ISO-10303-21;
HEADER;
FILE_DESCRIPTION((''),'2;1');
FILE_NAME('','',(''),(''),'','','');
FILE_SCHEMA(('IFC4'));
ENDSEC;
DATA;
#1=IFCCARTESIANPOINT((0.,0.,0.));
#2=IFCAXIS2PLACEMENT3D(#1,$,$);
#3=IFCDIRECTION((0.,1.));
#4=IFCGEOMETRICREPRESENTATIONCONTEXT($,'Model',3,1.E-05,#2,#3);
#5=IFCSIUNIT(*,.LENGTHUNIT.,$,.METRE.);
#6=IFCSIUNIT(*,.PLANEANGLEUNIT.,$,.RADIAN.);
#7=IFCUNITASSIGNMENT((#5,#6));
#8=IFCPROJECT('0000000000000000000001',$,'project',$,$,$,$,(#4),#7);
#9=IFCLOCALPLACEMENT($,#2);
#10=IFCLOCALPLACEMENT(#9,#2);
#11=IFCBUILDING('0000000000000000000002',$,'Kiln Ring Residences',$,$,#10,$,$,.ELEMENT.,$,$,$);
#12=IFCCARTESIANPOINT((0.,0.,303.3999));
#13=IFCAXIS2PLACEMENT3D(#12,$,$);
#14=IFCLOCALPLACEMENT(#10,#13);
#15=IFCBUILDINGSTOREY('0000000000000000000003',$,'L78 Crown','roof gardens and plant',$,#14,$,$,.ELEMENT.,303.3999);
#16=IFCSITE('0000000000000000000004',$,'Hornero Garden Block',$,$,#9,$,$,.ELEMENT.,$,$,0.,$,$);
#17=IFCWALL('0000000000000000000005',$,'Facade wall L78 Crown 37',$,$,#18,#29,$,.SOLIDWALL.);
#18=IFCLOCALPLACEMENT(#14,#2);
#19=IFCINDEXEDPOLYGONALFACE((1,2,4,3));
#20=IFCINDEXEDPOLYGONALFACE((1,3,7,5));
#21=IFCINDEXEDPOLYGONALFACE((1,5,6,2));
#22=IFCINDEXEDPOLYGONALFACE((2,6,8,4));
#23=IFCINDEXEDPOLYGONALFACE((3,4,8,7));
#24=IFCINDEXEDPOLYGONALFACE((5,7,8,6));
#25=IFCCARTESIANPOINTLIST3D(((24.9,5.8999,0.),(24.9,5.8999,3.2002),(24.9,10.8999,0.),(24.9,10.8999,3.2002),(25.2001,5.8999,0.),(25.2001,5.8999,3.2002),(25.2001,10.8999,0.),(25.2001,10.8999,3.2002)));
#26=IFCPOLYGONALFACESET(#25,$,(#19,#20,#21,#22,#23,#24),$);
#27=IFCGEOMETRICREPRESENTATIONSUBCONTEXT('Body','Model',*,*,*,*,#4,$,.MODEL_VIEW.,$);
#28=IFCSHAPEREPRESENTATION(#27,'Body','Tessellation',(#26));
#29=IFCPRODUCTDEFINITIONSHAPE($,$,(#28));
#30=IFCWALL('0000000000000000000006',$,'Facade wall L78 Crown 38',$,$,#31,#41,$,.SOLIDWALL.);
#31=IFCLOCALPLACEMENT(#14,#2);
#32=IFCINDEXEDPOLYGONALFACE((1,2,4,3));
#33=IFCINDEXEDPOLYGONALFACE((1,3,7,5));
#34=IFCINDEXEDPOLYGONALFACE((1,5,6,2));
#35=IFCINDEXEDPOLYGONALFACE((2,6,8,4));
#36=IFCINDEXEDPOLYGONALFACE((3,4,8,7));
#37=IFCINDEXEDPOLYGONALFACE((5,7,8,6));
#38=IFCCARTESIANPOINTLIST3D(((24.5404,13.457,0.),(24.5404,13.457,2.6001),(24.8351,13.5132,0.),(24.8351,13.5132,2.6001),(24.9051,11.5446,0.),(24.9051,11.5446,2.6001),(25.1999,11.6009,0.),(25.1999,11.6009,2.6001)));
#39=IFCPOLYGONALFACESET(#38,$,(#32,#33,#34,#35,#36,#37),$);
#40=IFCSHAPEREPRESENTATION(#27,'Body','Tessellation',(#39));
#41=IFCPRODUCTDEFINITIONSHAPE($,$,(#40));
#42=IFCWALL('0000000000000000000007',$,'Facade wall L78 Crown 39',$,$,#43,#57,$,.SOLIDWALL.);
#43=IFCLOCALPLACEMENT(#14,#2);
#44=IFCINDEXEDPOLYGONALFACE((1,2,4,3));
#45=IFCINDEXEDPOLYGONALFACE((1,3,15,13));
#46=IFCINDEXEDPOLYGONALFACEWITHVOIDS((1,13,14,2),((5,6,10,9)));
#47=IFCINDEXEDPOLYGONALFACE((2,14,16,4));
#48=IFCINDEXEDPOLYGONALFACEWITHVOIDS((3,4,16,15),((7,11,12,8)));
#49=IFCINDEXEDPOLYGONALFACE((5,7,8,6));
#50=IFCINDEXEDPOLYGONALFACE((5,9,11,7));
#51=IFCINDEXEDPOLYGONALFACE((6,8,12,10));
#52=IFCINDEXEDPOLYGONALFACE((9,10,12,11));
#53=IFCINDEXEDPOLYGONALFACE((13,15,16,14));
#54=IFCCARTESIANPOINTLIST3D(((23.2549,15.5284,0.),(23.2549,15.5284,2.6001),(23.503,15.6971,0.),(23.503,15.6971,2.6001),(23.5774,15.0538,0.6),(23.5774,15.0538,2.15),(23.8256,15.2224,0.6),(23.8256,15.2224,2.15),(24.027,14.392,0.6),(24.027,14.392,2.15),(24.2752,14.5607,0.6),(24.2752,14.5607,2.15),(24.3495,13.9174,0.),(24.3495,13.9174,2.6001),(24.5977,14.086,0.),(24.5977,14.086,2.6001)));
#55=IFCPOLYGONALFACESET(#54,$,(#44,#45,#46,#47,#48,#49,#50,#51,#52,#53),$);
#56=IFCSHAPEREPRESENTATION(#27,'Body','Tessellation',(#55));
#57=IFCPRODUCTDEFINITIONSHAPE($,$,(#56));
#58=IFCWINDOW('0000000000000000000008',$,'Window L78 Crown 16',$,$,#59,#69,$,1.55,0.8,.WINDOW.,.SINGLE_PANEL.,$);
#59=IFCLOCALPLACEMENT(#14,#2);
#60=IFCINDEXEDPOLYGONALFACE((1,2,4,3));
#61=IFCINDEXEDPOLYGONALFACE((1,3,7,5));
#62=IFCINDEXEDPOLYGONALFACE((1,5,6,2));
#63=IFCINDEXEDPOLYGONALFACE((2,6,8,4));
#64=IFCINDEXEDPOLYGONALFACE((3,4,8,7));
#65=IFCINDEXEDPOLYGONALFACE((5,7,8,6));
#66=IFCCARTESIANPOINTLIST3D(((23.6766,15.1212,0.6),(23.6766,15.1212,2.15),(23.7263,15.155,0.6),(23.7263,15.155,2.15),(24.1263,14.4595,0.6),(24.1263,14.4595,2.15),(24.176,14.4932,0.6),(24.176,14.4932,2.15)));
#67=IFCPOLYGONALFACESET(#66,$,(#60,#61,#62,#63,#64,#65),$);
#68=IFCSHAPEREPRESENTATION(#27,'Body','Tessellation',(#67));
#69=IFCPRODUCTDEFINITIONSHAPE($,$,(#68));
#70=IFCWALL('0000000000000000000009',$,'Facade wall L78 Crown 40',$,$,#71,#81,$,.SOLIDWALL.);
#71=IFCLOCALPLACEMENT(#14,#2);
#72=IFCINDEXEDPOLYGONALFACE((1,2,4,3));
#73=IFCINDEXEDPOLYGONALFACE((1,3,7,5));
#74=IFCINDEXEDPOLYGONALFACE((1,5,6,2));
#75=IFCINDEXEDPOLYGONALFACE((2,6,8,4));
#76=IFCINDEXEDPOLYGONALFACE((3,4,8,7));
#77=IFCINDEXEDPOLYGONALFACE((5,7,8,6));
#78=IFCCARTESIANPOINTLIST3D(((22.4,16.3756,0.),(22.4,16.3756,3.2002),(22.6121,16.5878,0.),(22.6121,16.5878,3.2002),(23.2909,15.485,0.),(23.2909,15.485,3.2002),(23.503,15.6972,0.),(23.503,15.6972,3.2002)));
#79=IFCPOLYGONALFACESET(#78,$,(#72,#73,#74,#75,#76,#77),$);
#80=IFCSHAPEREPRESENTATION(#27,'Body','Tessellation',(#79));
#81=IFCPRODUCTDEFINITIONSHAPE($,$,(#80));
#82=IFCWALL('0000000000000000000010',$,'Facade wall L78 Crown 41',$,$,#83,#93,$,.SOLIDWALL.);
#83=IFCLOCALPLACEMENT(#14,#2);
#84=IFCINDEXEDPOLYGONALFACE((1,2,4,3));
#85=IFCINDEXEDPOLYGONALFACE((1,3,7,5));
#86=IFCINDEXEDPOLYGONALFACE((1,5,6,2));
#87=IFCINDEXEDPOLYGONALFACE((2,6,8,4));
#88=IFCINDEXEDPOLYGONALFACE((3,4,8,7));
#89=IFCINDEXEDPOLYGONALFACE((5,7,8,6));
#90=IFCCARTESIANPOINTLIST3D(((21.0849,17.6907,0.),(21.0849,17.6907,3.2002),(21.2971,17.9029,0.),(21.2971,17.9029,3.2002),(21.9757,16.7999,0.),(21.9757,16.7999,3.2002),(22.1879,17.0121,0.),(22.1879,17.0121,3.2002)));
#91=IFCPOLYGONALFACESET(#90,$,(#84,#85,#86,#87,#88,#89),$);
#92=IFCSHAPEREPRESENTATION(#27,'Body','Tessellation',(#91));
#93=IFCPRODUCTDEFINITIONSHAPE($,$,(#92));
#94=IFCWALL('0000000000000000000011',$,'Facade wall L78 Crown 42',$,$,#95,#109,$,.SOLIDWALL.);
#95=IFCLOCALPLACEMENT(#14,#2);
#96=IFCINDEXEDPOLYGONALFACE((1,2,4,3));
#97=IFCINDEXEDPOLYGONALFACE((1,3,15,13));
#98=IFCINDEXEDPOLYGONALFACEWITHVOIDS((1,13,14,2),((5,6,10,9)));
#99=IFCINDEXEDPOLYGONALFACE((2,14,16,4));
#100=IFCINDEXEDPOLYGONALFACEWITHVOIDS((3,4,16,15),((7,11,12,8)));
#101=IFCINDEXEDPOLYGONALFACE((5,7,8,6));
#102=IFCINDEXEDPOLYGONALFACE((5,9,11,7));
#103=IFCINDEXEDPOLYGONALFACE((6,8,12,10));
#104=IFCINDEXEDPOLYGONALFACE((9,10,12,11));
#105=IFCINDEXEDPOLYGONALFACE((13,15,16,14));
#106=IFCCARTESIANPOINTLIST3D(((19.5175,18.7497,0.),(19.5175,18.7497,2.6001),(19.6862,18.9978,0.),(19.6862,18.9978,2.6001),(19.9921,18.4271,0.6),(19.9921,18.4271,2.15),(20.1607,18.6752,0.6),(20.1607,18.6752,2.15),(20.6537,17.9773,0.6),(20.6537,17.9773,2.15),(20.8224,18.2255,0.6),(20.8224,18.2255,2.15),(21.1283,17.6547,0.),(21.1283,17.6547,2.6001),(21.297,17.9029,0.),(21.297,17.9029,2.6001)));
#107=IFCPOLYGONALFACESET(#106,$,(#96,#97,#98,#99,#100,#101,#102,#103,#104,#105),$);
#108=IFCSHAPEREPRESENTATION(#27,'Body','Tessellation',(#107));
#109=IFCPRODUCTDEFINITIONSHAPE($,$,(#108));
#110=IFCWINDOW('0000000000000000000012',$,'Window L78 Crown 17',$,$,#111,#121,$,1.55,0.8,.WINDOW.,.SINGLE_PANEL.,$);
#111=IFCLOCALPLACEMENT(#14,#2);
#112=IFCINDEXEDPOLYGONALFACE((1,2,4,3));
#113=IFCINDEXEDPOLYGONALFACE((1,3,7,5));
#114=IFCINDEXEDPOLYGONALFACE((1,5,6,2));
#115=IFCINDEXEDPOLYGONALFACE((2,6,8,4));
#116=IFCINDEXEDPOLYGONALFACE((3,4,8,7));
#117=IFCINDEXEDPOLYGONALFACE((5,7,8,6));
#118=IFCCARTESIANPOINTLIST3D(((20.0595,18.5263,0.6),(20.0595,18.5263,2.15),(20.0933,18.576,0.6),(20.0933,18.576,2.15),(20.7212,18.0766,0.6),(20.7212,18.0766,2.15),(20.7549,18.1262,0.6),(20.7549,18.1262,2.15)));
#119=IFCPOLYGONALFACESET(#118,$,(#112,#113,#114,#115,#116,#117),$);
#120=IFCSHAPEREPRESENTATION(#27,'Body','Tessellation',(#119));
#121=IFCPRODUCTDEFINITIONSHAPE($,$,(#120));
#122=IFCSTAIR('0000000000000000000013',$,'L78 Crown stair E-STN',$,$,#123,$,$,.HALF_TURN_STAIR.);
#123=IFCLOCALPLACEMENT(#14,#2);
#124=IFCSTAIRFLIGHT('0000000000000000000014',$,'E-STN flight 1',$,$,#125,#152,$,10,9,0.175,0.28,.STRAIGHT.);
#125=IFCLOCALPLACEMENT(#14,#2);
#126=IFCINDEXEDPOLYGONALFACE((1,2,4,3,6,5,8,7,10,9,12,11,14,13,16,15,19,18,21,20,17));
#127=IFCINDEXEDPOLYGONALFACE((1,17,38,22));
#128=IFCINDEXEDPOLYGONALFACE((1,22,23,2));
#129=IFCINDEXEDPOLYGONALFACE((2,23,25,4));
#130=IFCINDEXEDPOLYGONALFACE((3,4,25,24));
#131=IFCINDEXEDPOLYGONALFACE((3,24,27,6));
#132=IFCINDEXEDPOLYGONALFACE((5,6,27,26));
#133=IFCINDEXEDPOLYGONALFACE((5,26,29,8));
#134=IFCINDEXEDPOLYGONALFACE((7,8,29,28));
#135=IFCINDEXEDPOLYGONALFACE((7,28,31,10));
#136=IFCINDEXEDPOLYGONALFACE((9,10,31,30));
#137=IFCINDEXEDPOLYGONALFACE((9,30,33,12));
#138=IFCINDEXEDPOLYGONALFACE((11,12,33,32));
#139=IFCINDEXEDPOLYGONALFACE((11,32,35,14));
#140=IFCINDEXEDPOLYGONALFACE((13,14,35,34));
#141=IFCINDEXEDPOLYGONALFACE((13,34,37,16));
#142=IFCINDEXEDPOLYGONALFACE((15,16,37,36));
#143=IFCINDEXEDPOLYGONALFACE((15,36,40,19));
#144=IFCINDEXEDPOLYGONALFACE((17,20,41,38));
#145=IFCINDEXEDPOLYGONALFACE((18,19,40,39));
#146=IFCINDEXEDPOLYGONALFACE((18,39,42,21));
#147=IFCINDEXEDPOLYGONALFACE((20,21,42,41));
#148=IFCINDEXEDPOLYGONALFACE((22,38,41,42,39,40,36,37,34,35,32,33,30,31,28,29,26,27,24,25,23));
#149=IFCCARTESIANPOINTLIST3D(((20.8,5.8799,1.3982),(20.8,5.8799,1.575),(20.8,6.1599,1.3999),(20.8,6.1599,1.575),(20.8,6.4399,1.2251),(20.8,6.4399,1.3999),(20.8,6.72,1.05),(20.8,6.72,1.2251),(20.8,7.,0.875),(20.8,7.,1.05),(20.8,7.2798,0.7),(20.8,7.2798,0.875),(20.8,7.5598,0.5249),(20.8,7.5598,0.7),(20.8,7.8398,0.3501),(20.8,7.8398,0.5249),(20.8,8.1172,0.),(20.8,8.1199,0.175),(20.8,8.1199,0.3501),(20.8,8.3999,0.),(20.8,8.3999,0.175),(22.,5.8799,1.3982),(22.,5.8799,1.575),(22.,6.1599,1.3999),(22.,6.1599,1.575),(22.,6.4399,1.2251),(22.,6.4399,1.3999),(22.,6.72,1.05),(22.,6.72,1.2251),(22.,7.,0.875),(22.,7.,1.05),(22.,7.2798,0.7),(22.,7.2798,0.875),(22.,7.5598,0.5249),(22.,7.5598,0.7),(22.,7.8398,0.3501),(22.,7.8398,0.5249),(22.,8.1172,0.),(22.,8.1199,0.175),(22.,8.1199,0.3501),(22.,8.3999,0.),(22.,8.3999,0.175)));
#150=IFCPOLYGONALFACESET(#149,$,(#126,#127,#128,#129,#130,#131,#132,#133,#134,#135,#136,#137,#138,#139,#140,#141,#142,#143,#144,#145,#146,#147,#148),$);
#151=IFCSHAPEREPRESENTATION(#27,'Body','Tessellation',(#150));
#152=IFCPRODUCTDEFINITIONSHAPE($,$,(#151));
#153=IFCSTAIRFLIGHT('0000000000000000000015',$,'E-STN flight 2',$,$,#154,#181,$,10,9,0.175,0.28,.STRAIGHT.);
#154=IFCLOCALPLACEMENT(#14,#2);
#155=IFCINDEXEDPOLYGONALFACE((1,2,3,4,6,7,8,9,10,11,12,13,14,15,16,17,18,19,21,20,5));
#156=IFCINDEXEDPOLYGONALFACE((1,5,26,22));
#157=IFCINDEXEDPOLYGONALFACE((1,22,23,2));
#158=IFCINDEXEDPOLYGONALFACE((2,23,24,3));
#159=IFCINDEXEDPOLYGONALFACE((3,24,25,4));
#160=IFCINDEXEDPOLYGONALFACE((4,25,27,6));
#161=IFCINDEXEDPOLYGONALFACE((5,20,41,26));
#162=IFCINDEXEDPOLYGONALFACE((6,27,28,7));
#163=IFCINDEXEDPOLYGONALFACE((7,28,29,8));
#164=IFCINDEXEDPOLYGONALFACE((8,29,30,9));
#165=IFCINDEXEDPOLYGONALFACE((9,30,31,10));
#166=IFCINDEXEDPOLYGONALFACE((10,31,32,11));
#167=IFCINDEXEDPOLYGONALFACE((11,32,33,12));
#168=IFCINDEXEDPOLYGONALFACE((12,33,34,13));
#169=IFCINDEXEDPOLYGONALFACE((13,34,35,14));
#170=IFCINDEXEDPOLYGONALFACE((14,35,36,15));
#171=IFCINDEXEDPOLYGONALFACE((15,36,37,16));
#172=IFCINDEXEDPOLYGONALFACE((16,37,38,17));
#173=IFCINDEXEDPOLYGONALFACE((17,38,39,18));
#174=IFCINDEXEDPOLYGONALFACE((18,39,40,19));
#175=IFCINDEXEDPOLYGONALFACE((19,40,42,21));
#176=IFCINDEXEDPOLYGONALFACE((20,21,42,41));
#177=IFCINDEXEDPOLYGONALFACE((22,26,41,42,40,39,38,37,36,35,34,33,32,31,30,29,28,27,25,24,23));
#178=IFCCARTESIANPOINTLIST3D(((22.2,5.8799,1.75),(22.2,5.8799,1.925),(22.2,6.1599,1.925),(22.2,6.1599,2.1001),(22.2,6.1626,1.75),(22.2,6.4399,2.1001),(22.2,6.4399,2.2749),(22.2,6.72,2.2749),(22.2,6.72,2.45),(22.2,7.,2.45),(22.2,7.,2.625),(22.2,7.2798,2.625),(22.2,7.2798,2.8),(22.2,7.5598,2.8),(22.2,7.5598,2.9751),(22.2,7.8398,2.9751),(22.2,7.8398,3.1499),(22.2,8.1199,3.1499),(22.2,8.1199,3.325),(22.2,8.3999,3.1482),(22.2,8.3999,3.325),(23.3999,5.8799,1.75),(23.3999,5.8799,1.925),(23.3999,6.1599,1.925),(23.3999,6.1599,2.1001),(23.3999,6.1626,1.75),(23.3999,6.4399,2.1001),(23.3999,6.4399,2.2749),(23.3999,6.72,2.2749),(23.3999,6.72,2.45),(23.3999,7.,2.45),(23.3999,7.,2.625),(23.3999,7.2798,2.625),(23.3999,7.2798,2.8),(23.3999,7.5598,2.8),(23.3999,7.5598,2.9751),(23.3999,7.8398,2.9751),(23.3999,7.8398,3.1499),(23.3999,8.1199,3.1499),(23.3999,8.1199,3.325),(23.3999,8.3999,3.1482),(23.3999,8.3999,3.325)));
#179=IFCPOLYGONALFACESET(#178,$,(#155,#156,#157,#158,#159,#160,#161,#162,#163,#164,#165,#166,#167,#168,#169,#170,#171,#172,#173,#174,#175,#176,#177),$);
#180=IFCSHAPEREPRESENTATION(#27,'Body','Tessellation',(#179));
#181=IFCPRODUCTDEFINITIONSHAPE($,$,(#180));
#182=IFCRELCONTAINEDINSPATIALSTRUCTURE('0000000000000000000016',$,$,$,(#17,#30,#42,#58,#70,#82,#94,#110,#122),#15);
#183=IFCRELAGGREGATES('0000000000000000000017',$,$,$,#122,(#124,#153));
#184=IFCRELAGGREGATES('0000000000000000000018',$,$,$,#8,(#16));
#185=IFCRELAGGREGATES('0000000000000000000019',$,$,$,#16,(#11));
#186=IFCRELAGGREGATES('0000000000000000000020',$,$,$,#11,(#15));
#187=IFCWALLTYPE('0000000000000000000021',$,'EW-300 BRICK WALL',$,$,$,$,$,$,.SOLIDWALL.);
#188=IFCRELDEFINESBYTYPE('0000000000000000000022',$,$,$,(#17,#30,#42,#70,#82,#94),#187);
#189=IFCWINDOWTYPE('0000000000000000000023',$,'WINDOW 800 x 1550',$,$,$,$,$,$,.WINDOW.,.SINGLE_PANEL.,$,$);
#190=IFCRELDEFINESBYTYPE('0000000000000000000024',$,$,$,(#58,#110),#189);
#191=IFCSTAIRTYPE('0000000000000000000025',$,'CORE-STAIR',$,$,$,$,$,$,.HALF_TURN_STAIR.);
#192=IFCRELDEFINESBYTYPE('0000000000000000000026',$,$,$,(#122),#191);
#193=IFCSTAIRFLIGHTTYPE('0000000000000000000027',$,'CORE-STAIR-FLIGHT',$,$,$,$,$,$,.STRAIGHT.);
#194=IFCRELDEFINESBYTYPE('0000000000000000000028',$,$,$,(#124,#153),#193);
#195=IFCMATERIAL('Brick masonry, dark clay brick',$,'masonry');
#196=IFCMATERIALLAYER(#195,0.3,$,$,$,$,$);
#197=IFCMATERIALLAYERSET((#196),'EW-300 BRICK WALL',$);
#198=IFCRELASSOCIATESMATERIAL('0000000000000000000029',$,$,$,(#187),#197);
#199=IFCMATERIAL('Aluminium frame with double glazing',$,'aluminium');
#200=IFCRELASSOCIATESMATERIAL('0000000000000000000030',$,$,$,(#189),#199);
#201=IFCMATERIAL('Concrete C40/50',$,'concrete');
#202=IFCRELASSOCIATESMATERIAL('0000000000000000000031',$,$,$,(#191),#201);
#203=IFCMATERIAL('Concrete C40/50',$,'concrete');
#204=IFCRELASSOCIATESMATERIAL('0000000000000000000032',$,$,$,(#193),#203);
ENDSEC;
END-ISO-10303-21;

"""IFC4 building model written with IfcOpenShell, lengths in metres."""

from ifc_helpers import new_model, si_unit, direction, frame, frame_2d, origin, place, context, subcontext, project, spatial, polyline, rectangle, outline, extrude, material, layer, layer_set, type_object, element, fill, aggregate, save


model = new_model("IFC4")

# Units and contexts
model_context = context("Model", 3, precision=1e-05, world=origin(), true_north=direction((0.0, 1.0)))
body_context = subcontext(model_context, "Body", "Model", "MODEL_VIEW")
ifc_project = project(units=[si_unit("LENGTHUNIT", "METRE"), si_unit("PLANEANGLEUNIT", "RADIAN")], contexts=[model_context])

# Site, building, storey
site_placement = place(None, origin())
site = spatial("IfcSite", under=ifc_project, at=site_placement, Name="Hornero Garden Block", CompositionType="ELEMENT", RefElevation=0.0)
building_placement = place(site_placement, origin())
building = spatial("IfcBuilding", under=site, at=building_placement, Name="Kiln Ring Residences", CompositionType="ELEMENT")
storey_placement = place(building_placement, frame((0.0, 0.0, 303.3999)))
storey = spatial("IfcBuildingStorey", under=building, at=storey_placement, Name="L78 Crown", Description="roof gardens and plant", CompositionType="ELEMENT", Elevation=303.3999)

# Walls
ifc_material_1 = material(Name="Brick masonry, dark clay brick", Category="masonry")
ifc_layer_1 = layer(ifc_material_1, 0.3)
ifc_layer_set_1 = layer_set([ifc_layer_1], Name="EW-300 BRICK WALL")
wall_type_1 = type_object("IfcWallType", Name="EW-300 BRICK WALL", PredefinedType="SOLIDWALL", material=ifc_layer_set_1)
wall_1_placement = place(storey_placement, frame((25.05, 5.8999, 0.0), z_axis=(0.0, 0.0, 1.0), x_axis=(0.0, 1.0, 0.0)))
element("IfcWall", 1, at=wall_1_placement, inside=storey, type_object=wall_type_1, Name="Facade wall L78 Crown 37", PredefinedType="SOLIDWALL", context=body_context, shape_type="SweptSolid", body=[
    extrude(rectangle(XDim=5.0, YDim=0.3, at=frame_2d((2.5, 0.0))), origin(), (0.0, 0.0, 1.0), 3.2002),
])
wall_2_placement = place(storey_placement, frame((25.0525, 11.5728, 0.0), z_axis=(0.0, 0.0, 1.0), x_axis=(-0.187354, 0.982292, 0.0)))
element("IfcWall", 2, at=wall_2_placement, inside=storey, type_object=wall_type_1, Name="Facade wall L78 Crown 38", PredefinedType="SOLIDWALL", context=body_context, shape_type="SweptSolid", body=[
    extrude(rectangle(XDim=1.9468, YDim=0.3, at=frame_2d((0.9734, 0.0))), origin(), (0.0, 0.0, 1.0), 2.6001),
])

# Wall, opening, window
wall_3_placement = place(storey_placement, frame((24.4736, 14.0017, 0.0), z_axis=(0.0, 0.0, 1.0), x_axis=(-0.562025, 0.82712, 0.0)))
wall_3 = element("IfcWall", 3, at=wall_3_placement, inside=storey, type_object=wall_type_1, Name="Facade wall L78 Crown 39", PredefinedType="SOLIDWALL", context=body_context, shape_type="SweptSolid", body=[
    extrude(rectangle(XDim=1.9478, YDim=0.3, at=frame_2d((0.9739, 0.0))), origin(), (0.0, 0.0, 1.0), 2.6001),
])
opening_1_placement = place(wall_3_placement, frame((0.574, 0.0, 0.6001)))
opening_1 = element("IfcOpeningElement", 4, at=opening_1_placement, cuts=wall_3, PredefinedType="OPENING", context=body_context, shape_type="SweptSolid", body=[
    extrude(rectangle(XDim=0.8, YDim=1.55, at=frame_2d((0.3999, 0.7749))), frame((0.0, 0.1599, 0.0), z_axis=(0.0, -1.0, 0.0), x_axis=(1.0, 0.0, 0.0)), (0.0, 0.0, 1.0), 0.3201),
])
ifc_material_2 = material(Name="Aluminium frame with double glazing", Category="aluminium")
window_type = type_object("IfcWindowType", Name="WINDOW 800 x 1550", PartitioningType="SINGLE_PANEL", PredefinedType="WINDOW", material=ifc_material_2)
window_1_placement = place(opening_1_placement, origin())
window_1 = element("IfcWindow", 5, at=window_1_placement, inside=storey, type_object=window_type, Name="Window L78 Crown 16", OverallHeight=1.55, OverallWidth=0.8, PartitioningType="SINGLE_PANEL", PredefinedType="WINDOW", context=body_context, shape_type="SweptSolid", body=[
    extrude(rectangle(XDim=0.8, YDim=1.55, at=frame_2d((0.3999, 0.7749))), frame((0.0, 0.03, 0.0), z_axis=(0.0, -1.0, 0.0), x_axis=(1.0, 0.0, 0.0)), (0.0, 0.0, 1.0), 0.0601),
])
fill(opening_1, window_1)

# Walls
for number, where, z_axis, x_axis, name in (
    (6, (23.397, 15.5911, 0.0), (0.0, 0.0, 1.0), (-0.707204, 0.70701, 0.0), "Facade wall L78 Crown 40"),
    (7, (22.0818, 16.906, 0.0), (0.0, 0.0, 1.0), (-0.707107, 0.707107, 0.0), "Facade wall L78 Crown 41"),
):
    element("IfcWall", number, at=place(storey_placement, frame(where, z_axis=z_axis, x_axis=x_axis)), inside=storey, type_object=wall_type_1, Name=name, PredefinedType="SOLIDWALL", context=body_context, shape_type="SweptSolid", body=[
        extrude(rectangle(XDim=1.2598, YDim=0.3, at=frame_2d((0.6299, 0.0))), origin(), (0.0, 0.0, 1.0), 3.2002),
    ])

# Wall, opening, window
wall_4_placement = place(storey_placement, frame((21.2126, 17.7788, 0.0), z_axis=(0.0, 0.0, 1.0), x_axis=(-0.827022, 0.562169, 0.0)))
wall_4 = element("IfcWall", 8, at=wall_4_placement, inside=storey, type_object=wall_type_1, Name="Facade wall L78 Crown 42", PredefinedType="SOLIDWALL", context=body_context, shape_type="SweptSolid", body=[
    extrude(rectangle(XDim=1.9478, YDim=0.3, at=frame_2d((0.9739, 0.0))), origin(), (0.0, 0.0, 1.0), 2.6001),
])
opening_2_placement = place(wall_4_placement, frame((0.574, 0.0, 0.6001)))
opening_2 = element("IfcOpeningElement", 9, at=opening_2_placement, cuts=wall_4, PredefinedType="OPENING", context=body_context, shape_type="SweptSolid", body=[
    extrude(rectangle(XDim=0.8, YDim=1.55, at=frame_2d((0.3999, 0.7749))), frame((0.0, 0.1599, 0.0), z_axis=(0.0, -1.0, 0.0), x_axis=(1.0, 0.0, 0.0)), (0.0, 0.0, 1.0), 0.3201),
])
window_2_placement = place(opening_2_placement, origin())
window_2 = element("IfcWindow", 10, at=window_2_placement, inside=storey, type_object=window_type, Name="Window L78 Crown 17", OverallHeight=1.55, OverallWidth=0.8, PartitioningType="SINGLE_PANEL", PredefinedType="WINDOW", context=body_context, shape_type="SweptSolid", body=[
    extrude(rectangle(XDim=0.8, YDim=1.55, at=frame_2d((0.3999, 0.7749))), frame((0.0, 0.03, 0.0), z_axis=(0.0, -1.0, 0.0), x_axis=(1.0, 0.0, 0.0)), (0.0, 0.0, 1.0), 0.0601),
])
fill(opening_2, window_2)

# Stair, stair flights
ifc_material_3 = material(Name="Concrete C40/50", Category="concrete")
stair_type = type_object("IfcStairType", Name="CORE-STAIR", PredefinedType="HALF_TURN_STAIR", material=ifc_material_3)
stair_placement = place(storey_placement, origin())
stair = element("IfcStair", 11, at=stair_placement, inside=storey, type_object=stair_type, Name="L78 Crown stair E-STN", PredefinedType="HALF_TURN_STAIR")
ifc_material_4 = material(Name="Concrete C40/50", Category="concrete")
stair_flight_type = type_object("IfcStairFlightType", Name="CORE-STAIR-FLIGHT", PredefinedType="STRAIGHT", material=ifc_material_4)
stair_flight_1_placement = place(storey_placement, frame((21.3999, 8.3999, 0.0), z_axis=(0.0, 0.0, 1.0), x_axis=(0.0, -1.0, 0.0)))
stair_flight_1 = element("IfcStairFlight", 12, at=stair_flight_1_placement, type_object=stair_flight_type, Name="E-STN flight 1", NumberOfRisers=10, NumberOfTreads=9, PredefinedType="STRAIGHT", RiserHeight=0.175, TreadLength=0.28, context=body_context, shape_type="SweptSolid", body=[
    extrude(outline(polyline([(0.0, 0.0), (0.0, 0.175), (0.28, 0.175), (0.28, 0.3501), (0.5601, 0.3501), (0.5601, 0.5249), (0.8401, 0.5249), (0.8401, 0.7), (1.1201, 0.7), (1.1201, 0.875), (1.3999, 0.875), (1.3999, 1.05), (1.6799, 1.05), (1.6799, 1.2251), (1.96, 1.2251), (1.96, 1.3999), (2.24, 1.3999), (2.24, 1.575), (2.52, 1.575), (2.52, 1.75), (2.52, 1.3982), (0.2827, 0.0), (0.0, 0.0)])), frame((0.0, 0.6001, 0.0), z_axis=(0.0, -1.0, 0.0), x_axis=(1.0, 0.0, 0.0)), (0.0, 0.0, 1.0), 1.2),
])
stair_flight_2_placement = place(storey_placement, frame((22.8, 5.8799, 1.75), z_axis=(0.0, 0.0, 1.0), x_axis=(0.0, 1.0, 0.0)))
stair_flight_2 = element("IfcStairFlight", 13, at=stair_flight_2_placement, type_object=stair_flight_type, Name="E-STN flight 2", NumberOfRisers=10, NumberOfTreads=9, PredefinedType="STRAIGHT", RiserHeight=0.175, TreadLength=0.28, context=body_context, shape_type="SweptSolid", body=[
    extrude(outline(polyline([(0.0, 0.0), (0.0, 0.175), (0.28, 0.175), (0.28, 0.3501), (0.5601, 0.3501), (0.5601, 0.5249), (0.8401, 0.5249), (0.8401, 0.7), (1.1201, 0.7), (1.1201, 0.875), (1.3999, 0.875), (1.3999, 1.05), (1.6799, 1.05), (1.6799, 1.2251), (1.96, 1.2251), (1.96, 1.3999), (2.24, 1.3999), (2.24, 1.575), (2.52, 1.575), (2.52, 1.75), (2.52, 1.3982), (0.2827, 0.0), (0.0, 0.0)])), frame((0.0, 0.6001, 0.0), z_axis=(0.0, -1.0, 0.0), x_axis=(1.0, 0.0, 0.0)), (0.0, 0.0, 1.0), 1.2),
])
aggregate(stair, [stair_flight_1, stair_flight_2])

save(model, "model.ifc")
